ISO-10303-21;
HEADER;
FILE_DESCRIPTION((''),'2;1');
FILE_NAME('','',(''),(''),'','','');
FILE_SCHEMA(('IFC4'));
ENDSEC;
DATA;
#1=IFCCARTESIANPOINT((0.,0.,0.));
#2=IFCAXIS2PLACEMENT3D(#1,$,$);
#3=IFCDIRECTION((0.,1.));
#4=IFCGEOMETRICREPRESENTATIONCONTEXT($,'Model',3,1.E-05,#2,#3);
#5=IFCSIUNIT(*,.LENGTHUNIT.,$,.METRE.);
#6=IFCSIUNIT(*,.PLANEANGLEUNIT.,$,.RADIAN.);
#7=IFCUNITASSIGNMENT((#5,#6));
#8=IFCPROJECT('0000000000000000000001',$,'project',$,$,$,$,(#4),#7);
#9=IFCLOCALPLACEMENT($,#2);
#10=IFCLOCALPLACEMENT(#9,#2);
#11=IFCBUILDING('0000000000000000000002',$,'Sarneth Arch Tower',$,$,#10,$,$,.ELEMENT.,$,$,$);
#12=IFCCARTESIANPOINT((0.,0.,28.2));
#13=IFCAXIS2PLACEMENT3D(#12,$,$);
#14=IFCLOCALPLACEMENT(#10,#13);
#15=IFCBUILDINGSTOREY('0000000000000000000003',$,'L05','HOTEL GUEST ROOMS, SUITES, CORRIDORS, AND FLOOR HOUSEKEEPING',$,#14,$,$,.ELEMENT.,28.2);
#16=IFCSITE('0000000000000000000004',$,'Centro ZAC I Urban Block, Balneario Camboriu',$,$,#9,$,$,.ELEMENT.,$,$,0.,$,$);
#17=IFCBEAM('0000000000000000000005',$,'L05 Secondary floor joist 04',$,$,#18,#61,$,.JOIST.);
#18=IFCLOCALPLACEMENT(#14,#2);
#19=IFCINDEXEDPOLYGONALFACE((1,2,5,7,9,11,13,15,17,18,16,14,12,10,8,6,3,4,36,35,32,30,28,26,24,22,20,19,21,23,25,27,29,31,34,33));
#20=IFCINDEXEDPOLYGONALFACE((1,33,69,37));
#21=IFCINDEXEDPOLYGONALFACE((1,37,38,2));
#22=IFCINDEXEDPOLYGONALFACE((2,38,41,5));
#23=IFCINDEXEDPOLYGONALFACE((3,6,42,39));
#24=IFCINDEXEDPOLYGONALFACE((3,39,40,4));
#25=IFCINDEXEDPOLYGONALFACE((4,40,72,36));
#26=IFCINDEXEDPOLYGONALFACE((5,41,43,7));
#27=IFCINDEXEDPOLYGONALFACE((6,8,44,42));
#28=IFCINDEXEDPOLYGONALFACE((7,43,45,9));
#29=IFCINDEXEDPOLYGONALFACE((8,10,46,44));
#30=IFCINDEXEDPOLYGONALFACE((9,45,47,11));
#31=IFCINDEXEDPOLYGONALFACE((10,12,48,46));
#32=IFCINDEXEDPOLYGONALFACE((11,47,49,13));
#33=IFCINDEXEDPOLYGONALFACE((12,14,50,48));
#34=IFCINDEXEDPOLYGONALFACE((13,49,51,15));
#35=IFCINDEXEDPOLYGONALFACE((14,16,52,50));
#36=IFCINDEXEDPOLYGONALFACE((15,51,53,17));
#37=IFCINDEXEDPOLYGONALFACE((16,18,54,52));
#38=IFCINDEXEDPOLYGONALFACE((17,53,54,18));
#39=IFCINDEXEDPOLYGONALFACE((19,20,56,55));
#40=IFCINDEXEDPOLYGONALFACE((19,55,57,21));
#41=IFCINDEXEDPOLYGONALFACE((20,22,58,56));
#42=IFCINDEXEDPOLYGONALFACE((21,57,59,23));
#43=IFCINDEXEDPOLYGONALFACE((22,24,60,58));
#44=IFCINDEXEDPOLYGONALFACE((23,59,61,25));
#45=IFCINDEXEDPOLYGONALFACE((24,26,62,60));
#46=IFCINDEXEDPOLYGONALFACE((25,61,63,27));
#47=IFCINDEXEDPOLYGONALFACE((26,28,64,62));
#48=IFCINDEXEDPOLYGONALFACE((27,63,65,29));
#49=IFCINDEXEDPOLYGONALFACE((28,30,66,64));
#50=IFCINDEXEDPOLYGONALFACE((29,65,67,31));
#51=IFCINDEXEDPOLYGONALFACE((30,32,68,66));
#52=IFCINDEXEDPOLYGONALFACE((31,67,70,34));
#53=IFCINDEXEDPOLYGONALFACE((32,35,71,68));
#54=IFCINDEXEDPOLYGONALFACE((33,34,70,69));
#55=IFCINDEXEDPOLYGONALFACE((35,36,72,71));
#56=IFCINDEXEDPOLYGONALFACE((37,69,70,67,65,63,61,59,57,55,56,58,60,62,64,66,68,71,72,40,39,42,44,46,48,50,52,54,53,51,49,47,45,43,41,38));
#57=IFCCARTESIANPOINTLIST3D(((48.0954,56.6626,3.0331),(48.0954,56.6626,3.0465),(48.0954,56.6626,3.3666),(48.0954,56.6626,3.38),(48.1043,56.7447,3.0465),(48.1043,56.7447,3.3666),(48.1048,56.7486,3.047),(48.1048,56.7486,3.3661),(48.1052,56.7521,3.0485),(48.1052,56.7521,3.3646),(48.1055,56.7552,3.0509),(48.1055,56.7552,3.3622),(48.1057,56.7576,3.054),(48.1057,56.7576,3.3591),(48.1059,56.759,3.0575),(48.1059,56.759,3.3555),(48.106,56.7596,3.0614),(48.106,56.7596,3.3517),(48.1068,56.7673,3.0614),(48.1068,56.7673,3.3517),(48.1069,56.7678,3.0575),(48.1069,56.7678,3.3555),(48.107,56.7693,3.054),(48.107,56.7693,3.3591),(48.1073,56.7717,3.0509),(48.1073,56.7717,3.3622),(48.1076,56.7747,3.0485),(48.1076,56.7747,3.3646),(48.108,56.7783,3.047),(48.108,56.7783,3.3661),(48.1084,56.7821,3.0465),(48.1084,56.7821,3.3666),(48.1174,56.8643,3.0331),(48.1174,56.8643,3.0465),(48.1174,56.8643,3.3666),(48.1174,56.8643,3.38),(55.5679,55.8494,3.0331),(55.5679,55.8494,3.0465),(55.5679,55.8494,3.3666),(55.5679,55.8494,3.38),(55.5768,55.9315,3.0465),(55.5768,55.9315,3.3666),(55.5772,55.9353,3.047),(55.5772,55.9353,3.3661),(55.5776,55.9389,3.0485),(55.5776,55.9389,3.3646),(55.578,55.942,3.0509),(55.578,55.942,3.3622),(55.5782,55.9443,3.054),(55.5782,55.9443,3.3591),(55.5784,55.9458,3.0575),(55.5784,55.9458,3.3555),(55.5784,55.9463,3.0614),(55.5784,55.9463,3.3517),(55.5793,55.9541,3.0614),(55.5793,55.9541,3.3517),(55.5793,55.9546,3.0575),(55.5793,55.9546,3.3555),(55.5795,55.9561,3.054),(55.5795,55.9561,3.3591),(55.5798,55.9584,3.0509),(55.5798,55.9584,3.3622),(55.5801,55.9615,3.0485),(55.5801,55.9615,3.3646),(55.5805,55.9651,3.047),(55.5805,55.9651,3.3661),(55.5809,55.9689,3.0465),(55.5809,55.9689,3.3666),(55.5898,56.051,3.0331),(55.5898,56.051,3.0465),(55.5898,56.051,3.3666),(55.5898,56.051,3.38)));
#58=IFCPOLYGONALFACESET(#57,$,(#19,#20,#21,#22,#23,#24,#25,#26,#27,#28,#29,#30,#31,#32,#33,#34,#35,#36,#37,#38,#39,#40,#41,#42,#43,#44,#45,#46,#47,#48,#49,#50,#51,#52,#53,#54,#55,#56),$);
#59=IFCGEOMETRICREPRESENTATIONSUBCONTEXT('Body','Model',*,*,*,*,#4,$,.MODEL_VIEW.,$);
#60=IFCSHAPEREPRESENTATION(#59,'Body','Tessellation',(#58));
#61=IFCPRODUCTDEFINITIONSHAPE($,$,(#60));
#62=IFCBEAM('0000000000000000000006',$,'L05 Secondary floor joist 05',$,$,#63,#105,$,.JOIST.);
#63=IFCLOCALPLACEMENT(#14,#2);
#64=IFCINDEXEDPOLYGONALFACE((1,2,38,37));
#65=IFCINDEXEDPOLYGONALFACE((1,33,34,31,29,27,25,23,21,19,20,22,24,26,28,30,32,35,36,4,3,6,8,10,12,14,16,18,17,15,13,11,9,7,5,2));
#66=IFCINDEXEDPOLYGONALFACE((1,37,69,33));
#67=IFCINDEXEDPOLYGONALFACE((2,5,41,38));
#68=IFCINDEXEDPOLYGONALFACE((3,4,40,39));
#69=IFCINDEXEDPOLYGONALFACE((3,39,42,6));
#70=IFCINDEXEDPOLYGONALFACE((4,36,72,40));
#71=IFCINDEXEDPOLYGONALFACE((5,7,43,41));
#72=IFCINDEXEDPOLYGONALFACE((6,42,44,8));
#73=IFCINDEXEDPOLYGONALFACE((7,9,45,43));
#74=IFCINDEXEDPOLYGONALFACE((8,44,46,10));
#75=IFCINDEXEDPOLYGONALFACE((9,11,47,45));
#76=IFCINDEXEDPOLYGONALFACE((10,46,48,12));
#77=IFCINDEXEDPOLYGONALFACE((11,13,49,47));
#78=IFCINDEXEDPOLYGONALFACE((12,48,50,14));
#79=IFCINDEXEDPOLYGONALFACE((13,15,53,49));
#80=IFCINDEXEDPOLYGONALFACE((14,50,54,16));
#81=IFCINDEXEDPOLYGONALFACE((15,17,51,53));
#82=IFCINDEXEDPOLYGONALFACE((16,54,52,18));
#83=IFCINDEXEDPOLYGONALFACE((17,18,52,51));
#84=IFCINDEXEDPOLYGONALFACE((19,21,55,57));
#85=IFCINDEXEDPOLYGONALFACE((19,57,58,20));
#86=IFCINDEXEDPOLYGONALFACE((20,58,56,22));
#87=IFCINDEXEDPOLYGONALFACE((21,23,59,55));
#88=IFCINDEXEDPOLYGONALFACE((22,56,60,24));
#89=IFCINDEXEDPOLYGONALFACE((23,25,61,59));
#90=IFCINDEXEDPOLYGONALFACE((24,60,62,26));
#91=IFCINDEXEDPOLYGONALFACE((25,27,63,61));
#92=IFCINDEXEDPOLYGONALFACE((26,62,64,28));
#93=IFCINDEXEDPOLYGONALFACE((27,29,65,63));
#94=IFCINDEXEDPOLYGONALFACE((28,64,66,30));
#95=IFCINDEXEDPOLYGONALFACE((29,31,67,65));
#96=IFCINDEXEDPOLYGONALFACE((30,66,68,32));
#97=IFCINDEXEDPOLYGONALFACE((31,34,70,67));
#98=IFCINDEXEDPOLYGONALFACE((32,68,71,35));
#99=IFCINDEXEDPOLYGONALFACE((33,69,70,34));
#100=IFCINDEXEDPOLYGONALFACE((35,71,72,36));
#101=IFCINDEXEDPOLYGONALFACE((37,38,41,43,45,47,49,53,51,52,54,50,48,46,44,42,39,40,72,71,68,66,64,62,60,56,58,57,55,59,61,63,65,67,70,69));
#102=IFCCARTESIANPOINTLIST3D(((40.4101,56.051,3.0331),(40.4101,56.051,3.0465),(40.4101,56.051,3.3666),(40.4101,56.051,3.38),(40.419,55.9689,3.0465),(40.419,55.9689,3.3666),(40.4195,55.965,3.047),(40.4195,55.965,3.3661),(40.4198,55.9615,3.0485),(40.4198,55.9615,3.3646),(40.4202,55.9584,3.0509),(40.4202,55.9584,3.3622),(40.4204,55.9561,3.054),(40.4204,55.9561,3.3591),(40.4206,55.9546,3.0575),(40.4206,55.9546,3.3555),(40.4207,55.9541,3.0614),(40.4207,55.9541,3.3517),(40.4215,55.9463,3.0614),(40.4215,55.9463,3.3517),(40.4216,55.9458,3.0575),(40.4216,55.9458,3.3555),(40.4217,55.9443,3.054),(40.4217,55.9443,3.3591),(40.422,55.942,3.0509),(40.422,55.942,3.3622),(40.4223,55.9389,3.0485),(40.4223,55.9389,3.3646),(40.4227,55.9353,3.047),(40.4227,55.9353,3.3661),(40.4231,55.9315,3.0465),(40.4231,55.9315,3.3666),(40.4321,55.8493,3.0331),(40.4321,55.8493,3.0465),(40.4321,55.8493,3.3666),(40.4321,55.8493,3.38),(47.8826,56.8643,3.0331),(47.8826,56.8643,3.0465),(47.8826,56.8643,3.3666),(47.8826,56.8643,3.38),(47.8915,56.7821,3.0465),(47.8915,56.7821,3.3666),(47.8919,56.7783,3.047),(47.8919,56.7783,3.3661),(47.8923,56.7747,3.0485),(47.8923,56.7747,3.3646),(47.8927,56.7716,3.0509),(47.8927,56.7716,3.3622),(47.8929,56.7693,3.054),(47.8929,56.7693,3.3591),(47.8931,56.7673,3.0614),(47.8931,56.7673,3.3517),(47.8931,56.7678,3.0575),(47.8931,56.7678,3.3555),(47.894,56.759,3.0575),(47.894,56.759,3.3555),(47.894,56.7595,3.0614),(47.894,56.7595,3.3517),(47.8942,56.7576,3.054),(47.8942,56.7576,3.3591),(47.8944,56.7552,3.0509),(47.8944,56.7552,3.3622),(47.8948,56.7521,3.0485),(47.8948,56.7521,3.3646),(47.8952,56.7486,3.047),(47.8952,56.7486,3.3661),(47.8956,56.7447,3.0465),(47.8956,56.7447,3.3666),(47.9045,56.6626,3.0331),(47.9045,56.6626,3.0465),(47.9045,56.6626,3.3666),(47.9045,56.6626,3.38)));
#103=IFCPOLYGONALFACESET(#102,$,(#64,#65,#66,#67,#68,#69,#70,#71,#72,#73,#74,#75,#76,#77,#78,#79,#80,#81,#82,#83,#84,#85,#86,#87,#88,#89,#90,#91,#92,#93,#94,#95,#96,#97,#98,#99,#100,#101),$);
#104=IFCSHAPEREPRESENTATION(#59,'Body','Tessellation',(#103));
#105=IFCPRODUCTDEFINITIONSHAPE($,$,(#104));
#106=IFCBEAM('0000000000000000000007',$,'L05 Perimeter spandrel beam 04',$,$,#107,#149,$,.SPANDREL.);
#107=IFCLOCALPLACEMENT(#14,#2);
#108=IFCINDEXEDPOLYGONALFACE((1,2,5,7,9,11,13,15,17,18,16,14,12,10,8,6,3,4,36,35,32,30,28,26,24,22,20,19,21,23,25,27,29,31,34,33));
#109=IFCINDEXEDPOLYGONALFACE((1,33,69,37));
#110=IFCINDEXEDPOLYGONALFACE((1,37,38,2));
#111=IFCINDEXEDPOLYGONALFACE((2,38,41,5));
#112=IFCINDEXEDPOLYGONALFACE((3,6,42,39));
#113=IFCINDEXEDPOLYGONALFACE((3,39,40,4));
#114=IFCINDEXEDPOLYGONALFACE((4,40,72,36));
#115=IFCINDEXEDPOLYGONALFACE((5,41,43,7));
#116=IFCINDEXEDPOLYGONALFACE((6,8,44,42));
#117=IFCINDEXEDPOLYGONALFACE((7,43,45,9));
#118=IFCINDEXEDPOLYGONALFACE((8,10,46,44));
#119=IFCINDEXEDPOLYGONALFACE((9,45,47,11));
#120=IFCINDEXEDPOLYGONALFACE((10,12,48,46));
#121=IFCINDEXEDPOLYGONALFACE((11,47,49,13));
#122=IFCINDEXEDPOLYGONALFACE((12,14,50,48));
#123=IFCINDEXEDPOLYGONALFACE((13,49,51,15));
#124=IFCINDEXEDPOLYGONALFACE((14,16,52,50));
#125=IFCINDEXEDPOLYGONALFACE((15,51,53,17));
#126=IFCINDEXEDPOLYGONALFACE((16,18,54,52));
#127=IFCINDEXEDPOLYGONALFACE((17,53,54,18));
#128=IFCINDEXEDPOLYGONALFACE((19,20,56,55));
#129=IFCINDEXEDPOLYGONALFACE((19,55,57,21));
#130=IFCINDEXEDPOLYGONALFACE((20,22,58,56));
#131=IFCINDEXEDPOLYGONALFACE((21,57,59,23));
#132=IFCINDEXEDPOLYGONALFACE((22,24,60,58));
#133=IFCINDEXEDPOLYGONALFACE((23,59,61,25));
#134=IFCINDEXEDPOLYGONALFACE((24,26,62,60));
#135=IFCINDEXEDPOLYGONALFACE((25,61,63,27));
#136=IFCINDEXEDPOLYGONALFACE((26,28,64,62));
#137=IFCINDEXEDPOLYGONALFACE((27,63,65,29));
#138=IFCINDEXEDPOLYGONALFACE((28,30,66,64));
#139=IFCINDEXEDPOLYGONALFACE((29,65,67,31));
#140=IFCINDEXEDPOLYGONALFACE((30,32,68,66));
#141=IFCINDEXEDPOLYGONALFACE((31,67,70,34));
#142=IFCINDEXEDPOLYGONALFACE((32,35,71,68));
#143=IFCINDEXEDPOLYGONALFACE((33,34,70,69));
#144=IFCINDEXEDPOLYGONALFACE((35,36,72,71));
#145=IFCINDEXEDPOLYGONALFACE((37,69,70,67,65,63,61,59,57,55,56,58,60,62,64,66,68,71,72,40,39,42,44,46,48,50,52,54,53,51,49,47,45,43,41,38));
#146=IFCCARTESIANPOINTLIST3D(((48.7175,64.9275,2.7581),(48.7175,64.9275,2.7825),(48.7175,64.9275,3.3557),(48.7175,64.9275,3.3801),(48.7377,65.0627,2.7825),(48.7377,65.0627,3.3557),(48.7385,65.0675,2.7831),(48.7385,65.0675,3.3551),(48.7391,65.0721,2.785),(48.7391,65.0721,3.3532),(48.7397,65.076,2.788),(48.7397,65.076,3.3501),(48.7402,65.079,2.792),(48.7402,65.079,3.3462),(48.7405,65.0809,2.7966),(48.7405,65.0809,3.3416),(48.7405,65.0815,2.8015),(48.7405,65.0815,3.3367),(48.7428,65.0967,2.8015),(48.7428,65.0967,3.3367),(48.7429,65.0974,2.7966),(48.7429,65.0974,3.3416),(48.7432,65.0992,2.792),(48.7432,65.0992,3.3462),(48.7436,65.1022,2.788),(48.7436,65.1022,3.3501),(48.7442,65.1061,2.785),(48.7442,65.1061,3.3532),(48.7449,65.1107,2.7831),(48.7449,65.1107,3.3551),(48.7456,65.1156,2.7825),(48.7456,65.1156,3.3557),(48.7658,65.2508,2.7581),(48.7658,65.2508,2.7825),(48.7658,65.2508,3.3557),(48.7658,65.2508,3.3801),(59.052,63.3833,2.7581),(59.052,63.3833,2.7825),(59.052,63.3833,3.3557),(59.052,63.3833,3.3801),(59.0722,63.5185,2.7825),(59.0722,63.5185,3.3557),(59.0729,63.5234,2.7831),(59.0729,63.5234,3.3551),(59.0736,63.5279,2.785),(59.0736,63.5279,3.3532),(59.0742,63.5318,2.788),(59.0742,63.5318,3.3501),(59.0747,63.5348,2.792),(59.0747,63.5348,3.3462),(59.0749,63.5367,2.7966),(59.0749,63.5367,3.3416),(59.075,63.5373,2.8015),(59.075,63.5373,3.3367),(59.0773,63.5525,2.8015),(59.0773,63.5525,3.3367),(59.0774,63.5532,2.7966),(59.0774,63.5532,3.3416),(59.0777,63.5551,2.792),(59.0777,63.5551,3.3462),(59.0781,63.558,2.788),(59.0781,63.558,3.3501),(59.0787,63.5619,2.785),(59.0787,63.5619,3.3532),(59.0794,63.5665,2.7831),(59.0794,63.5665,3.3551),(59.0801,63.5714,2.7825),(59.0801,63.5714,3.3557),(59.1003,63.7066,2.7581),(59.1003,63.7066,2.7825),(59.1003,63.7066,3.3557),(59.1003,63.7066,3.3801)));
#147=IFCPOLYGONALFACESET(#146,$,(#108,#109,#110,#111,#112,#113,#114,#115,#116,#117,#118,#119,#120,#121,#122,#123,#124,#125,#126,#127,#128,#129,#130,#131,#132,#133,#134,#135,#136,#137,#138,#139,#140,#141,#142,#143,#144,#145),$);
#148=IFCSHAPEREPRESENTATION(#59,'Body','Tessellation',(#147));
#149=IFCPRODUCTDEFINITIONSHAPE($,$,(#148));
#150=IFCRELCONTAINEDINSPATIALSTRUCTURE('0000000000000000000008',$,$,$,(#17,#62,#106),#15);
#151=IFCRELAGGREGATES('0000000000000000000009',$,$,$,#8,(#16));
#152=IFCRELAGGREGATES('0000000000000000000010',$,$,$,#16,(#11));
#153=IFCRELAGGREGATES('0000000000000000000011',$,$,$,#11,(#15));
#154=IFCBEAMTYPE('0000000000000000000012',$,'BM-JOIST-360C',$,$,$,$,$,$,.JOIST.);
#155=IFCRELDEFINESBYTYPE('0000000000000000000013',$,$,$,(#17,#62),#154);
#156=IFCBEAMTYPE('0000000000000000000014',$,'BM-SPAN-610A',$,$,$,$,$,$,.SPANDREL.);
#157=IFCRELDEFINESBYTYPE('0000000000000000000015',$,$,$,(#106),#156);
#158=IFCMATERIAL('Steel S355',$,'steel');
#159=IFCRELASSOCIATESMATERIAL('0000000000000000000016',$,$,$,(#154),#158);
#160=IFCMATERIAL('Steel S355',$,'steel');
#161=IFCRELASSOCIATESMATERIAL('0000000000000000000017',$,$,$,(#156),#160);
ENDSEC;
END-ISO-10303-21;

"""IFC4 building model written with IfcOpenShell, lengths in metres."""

from ifc_helpers import new_model, si_unit, direction, frame, origin, origin_2d, place, context, subcontext, project, spatial, i_section, extrude, material, material_profile, profile_set, type_object, element, save


model = new_model("IFC4")

# Units and contexts
model_context = context("Model", 3, precision=1e-05, world=origin(), true_north=direction((0.0, 1.0)))
body_context = subcontext(model_context, "Body", "Model", "MODEL_VIEW")
ifc_project = project(units=[si_unit("LENGTHUNIT", "METRE"), si_unit("PLANEANGLEUNIT", "RADIAN")], contexts=[model_context])

# Site, building, storey
site_placement = place(None, origin())
site = spatial("IfcSite", under=ifc_project, at=site_placement, Name="Centro ZAC I Urban Block, Balneario Camboriu", CompositionType="ELEMENT", RefElevation=0.0)
building_placement = place(site_placement, origin())
building = spatial("IfcBuilding", under=site, at=building_placement, Name="Sarneth Arch Tower", CompositionType="ELEMENT")
storey_placement = place(building_placement, frame((0.0, 0.0, 28.2)))
storey = spatial("IfcBuildingStorey", under=building, at=storey_placement, Name="L05", Description="HOTEL GUEST ROOMS, SUITES, CORRIDORS, AND FLOOR HOUSEKEEPING", CompositionType="ELEMENT", Elevation=28.2)

# Beams
ifc_material_1 = material(Name="Steel S355", Category="steel")
ifc_material_profile_1 = material_profile(ifc_material_1, i_section(OverallWidth=0.2029, OverallDepth=0.3469, WebThickness=0.0078, FlangeThickness=0.0134, FilletRadius=0.0149, at=origin_2d()), Name="W360x64")
ifc_profile_set_1 = profile_set([ifc_material_profile_1], Name="Steel S355")
beam_type_1 = type_object("IfcBeamType", Name="BM-JOIST-360C", PredefinedType="JOIST", material=ifc_profile_set_1)
for number, where, z_axis, x_axis, name in (
    (1, (55.5789, 55.9502, 3.2065), (-0.99413, 0.108192, 0.0), (-0.108192, -0.99413, 0.0), "L05 Secondary floor joist 04"),
    (2, (47.8936, 56.7634, 3.2065), (-0.99413, -0.108192, 0.0), (0.108192, -0.99413, 0.0), "L05 Secondary floor joist 05"),
):
    element("IfcBeam", number, at=place(storey_placement, frame(where, z_axis=z_axis, x_axis=x_axis)), inside=storey, type_object=beam_type_1, Name=name, PredefinedType="JOIST", context=body_context, shape_type="SweptSolid", body=[
        extrude(i_section(OverallWidth=0.2029, OverallDepth=0.3469, WebThickness=0.0078, FlangeThickness=0.0134, FilletRadius=0.0149, at=origin_2d()), origin(), (0.0, 0.0, 1.0), 7.5166),
    ])
ifc_material_2 = material(Name="Steel S355", Category="steel")
ifc_material_profile_2 = material_profile(ifc_material_2, i_section(OverallWidth=0.3269, OverallDepth=0.6221, WebThickness=0.0154, FlangeThickness=0.0244, FilletRadius=0.019, at=origin_2d()), Name="W610x195")
ifc_profile_set_2 = profile_set([ifc_material_profile_2], Name="Steel S355")
beam_type_2 = type_object("IfcBeamType", Name="BM-SPAN-610A", PredefinedType="SPANDREL", material=ifc_profile_set_2)
beam_placement = place(storey_placement, frame((59.0762, 63.5449, 3.0691), z_axis=(-0.98902, 0.147781, 0.0), x_axis=(-0.147781, -0.98902, 0.0)))
element("IfcBeam", 3, at=beam_placement, inside=storey, type_object=beam_type_2, Name="L05 Perimeter spandrel beam 04", PredefinedType="SPANDREL", context=body_context, shape_type="SweptSolid", body=[
    extrude(i_section(OverallWidth=0.3269, OverallDepth=0.6221, WebThickness=0.0154, FlangeThickness=0.0244, FilletRadius=0.019, at=origin_2d()), origin(), (0.0, 0.0, 1.0), 10.4492),
])

save(model, "model.ifc")
